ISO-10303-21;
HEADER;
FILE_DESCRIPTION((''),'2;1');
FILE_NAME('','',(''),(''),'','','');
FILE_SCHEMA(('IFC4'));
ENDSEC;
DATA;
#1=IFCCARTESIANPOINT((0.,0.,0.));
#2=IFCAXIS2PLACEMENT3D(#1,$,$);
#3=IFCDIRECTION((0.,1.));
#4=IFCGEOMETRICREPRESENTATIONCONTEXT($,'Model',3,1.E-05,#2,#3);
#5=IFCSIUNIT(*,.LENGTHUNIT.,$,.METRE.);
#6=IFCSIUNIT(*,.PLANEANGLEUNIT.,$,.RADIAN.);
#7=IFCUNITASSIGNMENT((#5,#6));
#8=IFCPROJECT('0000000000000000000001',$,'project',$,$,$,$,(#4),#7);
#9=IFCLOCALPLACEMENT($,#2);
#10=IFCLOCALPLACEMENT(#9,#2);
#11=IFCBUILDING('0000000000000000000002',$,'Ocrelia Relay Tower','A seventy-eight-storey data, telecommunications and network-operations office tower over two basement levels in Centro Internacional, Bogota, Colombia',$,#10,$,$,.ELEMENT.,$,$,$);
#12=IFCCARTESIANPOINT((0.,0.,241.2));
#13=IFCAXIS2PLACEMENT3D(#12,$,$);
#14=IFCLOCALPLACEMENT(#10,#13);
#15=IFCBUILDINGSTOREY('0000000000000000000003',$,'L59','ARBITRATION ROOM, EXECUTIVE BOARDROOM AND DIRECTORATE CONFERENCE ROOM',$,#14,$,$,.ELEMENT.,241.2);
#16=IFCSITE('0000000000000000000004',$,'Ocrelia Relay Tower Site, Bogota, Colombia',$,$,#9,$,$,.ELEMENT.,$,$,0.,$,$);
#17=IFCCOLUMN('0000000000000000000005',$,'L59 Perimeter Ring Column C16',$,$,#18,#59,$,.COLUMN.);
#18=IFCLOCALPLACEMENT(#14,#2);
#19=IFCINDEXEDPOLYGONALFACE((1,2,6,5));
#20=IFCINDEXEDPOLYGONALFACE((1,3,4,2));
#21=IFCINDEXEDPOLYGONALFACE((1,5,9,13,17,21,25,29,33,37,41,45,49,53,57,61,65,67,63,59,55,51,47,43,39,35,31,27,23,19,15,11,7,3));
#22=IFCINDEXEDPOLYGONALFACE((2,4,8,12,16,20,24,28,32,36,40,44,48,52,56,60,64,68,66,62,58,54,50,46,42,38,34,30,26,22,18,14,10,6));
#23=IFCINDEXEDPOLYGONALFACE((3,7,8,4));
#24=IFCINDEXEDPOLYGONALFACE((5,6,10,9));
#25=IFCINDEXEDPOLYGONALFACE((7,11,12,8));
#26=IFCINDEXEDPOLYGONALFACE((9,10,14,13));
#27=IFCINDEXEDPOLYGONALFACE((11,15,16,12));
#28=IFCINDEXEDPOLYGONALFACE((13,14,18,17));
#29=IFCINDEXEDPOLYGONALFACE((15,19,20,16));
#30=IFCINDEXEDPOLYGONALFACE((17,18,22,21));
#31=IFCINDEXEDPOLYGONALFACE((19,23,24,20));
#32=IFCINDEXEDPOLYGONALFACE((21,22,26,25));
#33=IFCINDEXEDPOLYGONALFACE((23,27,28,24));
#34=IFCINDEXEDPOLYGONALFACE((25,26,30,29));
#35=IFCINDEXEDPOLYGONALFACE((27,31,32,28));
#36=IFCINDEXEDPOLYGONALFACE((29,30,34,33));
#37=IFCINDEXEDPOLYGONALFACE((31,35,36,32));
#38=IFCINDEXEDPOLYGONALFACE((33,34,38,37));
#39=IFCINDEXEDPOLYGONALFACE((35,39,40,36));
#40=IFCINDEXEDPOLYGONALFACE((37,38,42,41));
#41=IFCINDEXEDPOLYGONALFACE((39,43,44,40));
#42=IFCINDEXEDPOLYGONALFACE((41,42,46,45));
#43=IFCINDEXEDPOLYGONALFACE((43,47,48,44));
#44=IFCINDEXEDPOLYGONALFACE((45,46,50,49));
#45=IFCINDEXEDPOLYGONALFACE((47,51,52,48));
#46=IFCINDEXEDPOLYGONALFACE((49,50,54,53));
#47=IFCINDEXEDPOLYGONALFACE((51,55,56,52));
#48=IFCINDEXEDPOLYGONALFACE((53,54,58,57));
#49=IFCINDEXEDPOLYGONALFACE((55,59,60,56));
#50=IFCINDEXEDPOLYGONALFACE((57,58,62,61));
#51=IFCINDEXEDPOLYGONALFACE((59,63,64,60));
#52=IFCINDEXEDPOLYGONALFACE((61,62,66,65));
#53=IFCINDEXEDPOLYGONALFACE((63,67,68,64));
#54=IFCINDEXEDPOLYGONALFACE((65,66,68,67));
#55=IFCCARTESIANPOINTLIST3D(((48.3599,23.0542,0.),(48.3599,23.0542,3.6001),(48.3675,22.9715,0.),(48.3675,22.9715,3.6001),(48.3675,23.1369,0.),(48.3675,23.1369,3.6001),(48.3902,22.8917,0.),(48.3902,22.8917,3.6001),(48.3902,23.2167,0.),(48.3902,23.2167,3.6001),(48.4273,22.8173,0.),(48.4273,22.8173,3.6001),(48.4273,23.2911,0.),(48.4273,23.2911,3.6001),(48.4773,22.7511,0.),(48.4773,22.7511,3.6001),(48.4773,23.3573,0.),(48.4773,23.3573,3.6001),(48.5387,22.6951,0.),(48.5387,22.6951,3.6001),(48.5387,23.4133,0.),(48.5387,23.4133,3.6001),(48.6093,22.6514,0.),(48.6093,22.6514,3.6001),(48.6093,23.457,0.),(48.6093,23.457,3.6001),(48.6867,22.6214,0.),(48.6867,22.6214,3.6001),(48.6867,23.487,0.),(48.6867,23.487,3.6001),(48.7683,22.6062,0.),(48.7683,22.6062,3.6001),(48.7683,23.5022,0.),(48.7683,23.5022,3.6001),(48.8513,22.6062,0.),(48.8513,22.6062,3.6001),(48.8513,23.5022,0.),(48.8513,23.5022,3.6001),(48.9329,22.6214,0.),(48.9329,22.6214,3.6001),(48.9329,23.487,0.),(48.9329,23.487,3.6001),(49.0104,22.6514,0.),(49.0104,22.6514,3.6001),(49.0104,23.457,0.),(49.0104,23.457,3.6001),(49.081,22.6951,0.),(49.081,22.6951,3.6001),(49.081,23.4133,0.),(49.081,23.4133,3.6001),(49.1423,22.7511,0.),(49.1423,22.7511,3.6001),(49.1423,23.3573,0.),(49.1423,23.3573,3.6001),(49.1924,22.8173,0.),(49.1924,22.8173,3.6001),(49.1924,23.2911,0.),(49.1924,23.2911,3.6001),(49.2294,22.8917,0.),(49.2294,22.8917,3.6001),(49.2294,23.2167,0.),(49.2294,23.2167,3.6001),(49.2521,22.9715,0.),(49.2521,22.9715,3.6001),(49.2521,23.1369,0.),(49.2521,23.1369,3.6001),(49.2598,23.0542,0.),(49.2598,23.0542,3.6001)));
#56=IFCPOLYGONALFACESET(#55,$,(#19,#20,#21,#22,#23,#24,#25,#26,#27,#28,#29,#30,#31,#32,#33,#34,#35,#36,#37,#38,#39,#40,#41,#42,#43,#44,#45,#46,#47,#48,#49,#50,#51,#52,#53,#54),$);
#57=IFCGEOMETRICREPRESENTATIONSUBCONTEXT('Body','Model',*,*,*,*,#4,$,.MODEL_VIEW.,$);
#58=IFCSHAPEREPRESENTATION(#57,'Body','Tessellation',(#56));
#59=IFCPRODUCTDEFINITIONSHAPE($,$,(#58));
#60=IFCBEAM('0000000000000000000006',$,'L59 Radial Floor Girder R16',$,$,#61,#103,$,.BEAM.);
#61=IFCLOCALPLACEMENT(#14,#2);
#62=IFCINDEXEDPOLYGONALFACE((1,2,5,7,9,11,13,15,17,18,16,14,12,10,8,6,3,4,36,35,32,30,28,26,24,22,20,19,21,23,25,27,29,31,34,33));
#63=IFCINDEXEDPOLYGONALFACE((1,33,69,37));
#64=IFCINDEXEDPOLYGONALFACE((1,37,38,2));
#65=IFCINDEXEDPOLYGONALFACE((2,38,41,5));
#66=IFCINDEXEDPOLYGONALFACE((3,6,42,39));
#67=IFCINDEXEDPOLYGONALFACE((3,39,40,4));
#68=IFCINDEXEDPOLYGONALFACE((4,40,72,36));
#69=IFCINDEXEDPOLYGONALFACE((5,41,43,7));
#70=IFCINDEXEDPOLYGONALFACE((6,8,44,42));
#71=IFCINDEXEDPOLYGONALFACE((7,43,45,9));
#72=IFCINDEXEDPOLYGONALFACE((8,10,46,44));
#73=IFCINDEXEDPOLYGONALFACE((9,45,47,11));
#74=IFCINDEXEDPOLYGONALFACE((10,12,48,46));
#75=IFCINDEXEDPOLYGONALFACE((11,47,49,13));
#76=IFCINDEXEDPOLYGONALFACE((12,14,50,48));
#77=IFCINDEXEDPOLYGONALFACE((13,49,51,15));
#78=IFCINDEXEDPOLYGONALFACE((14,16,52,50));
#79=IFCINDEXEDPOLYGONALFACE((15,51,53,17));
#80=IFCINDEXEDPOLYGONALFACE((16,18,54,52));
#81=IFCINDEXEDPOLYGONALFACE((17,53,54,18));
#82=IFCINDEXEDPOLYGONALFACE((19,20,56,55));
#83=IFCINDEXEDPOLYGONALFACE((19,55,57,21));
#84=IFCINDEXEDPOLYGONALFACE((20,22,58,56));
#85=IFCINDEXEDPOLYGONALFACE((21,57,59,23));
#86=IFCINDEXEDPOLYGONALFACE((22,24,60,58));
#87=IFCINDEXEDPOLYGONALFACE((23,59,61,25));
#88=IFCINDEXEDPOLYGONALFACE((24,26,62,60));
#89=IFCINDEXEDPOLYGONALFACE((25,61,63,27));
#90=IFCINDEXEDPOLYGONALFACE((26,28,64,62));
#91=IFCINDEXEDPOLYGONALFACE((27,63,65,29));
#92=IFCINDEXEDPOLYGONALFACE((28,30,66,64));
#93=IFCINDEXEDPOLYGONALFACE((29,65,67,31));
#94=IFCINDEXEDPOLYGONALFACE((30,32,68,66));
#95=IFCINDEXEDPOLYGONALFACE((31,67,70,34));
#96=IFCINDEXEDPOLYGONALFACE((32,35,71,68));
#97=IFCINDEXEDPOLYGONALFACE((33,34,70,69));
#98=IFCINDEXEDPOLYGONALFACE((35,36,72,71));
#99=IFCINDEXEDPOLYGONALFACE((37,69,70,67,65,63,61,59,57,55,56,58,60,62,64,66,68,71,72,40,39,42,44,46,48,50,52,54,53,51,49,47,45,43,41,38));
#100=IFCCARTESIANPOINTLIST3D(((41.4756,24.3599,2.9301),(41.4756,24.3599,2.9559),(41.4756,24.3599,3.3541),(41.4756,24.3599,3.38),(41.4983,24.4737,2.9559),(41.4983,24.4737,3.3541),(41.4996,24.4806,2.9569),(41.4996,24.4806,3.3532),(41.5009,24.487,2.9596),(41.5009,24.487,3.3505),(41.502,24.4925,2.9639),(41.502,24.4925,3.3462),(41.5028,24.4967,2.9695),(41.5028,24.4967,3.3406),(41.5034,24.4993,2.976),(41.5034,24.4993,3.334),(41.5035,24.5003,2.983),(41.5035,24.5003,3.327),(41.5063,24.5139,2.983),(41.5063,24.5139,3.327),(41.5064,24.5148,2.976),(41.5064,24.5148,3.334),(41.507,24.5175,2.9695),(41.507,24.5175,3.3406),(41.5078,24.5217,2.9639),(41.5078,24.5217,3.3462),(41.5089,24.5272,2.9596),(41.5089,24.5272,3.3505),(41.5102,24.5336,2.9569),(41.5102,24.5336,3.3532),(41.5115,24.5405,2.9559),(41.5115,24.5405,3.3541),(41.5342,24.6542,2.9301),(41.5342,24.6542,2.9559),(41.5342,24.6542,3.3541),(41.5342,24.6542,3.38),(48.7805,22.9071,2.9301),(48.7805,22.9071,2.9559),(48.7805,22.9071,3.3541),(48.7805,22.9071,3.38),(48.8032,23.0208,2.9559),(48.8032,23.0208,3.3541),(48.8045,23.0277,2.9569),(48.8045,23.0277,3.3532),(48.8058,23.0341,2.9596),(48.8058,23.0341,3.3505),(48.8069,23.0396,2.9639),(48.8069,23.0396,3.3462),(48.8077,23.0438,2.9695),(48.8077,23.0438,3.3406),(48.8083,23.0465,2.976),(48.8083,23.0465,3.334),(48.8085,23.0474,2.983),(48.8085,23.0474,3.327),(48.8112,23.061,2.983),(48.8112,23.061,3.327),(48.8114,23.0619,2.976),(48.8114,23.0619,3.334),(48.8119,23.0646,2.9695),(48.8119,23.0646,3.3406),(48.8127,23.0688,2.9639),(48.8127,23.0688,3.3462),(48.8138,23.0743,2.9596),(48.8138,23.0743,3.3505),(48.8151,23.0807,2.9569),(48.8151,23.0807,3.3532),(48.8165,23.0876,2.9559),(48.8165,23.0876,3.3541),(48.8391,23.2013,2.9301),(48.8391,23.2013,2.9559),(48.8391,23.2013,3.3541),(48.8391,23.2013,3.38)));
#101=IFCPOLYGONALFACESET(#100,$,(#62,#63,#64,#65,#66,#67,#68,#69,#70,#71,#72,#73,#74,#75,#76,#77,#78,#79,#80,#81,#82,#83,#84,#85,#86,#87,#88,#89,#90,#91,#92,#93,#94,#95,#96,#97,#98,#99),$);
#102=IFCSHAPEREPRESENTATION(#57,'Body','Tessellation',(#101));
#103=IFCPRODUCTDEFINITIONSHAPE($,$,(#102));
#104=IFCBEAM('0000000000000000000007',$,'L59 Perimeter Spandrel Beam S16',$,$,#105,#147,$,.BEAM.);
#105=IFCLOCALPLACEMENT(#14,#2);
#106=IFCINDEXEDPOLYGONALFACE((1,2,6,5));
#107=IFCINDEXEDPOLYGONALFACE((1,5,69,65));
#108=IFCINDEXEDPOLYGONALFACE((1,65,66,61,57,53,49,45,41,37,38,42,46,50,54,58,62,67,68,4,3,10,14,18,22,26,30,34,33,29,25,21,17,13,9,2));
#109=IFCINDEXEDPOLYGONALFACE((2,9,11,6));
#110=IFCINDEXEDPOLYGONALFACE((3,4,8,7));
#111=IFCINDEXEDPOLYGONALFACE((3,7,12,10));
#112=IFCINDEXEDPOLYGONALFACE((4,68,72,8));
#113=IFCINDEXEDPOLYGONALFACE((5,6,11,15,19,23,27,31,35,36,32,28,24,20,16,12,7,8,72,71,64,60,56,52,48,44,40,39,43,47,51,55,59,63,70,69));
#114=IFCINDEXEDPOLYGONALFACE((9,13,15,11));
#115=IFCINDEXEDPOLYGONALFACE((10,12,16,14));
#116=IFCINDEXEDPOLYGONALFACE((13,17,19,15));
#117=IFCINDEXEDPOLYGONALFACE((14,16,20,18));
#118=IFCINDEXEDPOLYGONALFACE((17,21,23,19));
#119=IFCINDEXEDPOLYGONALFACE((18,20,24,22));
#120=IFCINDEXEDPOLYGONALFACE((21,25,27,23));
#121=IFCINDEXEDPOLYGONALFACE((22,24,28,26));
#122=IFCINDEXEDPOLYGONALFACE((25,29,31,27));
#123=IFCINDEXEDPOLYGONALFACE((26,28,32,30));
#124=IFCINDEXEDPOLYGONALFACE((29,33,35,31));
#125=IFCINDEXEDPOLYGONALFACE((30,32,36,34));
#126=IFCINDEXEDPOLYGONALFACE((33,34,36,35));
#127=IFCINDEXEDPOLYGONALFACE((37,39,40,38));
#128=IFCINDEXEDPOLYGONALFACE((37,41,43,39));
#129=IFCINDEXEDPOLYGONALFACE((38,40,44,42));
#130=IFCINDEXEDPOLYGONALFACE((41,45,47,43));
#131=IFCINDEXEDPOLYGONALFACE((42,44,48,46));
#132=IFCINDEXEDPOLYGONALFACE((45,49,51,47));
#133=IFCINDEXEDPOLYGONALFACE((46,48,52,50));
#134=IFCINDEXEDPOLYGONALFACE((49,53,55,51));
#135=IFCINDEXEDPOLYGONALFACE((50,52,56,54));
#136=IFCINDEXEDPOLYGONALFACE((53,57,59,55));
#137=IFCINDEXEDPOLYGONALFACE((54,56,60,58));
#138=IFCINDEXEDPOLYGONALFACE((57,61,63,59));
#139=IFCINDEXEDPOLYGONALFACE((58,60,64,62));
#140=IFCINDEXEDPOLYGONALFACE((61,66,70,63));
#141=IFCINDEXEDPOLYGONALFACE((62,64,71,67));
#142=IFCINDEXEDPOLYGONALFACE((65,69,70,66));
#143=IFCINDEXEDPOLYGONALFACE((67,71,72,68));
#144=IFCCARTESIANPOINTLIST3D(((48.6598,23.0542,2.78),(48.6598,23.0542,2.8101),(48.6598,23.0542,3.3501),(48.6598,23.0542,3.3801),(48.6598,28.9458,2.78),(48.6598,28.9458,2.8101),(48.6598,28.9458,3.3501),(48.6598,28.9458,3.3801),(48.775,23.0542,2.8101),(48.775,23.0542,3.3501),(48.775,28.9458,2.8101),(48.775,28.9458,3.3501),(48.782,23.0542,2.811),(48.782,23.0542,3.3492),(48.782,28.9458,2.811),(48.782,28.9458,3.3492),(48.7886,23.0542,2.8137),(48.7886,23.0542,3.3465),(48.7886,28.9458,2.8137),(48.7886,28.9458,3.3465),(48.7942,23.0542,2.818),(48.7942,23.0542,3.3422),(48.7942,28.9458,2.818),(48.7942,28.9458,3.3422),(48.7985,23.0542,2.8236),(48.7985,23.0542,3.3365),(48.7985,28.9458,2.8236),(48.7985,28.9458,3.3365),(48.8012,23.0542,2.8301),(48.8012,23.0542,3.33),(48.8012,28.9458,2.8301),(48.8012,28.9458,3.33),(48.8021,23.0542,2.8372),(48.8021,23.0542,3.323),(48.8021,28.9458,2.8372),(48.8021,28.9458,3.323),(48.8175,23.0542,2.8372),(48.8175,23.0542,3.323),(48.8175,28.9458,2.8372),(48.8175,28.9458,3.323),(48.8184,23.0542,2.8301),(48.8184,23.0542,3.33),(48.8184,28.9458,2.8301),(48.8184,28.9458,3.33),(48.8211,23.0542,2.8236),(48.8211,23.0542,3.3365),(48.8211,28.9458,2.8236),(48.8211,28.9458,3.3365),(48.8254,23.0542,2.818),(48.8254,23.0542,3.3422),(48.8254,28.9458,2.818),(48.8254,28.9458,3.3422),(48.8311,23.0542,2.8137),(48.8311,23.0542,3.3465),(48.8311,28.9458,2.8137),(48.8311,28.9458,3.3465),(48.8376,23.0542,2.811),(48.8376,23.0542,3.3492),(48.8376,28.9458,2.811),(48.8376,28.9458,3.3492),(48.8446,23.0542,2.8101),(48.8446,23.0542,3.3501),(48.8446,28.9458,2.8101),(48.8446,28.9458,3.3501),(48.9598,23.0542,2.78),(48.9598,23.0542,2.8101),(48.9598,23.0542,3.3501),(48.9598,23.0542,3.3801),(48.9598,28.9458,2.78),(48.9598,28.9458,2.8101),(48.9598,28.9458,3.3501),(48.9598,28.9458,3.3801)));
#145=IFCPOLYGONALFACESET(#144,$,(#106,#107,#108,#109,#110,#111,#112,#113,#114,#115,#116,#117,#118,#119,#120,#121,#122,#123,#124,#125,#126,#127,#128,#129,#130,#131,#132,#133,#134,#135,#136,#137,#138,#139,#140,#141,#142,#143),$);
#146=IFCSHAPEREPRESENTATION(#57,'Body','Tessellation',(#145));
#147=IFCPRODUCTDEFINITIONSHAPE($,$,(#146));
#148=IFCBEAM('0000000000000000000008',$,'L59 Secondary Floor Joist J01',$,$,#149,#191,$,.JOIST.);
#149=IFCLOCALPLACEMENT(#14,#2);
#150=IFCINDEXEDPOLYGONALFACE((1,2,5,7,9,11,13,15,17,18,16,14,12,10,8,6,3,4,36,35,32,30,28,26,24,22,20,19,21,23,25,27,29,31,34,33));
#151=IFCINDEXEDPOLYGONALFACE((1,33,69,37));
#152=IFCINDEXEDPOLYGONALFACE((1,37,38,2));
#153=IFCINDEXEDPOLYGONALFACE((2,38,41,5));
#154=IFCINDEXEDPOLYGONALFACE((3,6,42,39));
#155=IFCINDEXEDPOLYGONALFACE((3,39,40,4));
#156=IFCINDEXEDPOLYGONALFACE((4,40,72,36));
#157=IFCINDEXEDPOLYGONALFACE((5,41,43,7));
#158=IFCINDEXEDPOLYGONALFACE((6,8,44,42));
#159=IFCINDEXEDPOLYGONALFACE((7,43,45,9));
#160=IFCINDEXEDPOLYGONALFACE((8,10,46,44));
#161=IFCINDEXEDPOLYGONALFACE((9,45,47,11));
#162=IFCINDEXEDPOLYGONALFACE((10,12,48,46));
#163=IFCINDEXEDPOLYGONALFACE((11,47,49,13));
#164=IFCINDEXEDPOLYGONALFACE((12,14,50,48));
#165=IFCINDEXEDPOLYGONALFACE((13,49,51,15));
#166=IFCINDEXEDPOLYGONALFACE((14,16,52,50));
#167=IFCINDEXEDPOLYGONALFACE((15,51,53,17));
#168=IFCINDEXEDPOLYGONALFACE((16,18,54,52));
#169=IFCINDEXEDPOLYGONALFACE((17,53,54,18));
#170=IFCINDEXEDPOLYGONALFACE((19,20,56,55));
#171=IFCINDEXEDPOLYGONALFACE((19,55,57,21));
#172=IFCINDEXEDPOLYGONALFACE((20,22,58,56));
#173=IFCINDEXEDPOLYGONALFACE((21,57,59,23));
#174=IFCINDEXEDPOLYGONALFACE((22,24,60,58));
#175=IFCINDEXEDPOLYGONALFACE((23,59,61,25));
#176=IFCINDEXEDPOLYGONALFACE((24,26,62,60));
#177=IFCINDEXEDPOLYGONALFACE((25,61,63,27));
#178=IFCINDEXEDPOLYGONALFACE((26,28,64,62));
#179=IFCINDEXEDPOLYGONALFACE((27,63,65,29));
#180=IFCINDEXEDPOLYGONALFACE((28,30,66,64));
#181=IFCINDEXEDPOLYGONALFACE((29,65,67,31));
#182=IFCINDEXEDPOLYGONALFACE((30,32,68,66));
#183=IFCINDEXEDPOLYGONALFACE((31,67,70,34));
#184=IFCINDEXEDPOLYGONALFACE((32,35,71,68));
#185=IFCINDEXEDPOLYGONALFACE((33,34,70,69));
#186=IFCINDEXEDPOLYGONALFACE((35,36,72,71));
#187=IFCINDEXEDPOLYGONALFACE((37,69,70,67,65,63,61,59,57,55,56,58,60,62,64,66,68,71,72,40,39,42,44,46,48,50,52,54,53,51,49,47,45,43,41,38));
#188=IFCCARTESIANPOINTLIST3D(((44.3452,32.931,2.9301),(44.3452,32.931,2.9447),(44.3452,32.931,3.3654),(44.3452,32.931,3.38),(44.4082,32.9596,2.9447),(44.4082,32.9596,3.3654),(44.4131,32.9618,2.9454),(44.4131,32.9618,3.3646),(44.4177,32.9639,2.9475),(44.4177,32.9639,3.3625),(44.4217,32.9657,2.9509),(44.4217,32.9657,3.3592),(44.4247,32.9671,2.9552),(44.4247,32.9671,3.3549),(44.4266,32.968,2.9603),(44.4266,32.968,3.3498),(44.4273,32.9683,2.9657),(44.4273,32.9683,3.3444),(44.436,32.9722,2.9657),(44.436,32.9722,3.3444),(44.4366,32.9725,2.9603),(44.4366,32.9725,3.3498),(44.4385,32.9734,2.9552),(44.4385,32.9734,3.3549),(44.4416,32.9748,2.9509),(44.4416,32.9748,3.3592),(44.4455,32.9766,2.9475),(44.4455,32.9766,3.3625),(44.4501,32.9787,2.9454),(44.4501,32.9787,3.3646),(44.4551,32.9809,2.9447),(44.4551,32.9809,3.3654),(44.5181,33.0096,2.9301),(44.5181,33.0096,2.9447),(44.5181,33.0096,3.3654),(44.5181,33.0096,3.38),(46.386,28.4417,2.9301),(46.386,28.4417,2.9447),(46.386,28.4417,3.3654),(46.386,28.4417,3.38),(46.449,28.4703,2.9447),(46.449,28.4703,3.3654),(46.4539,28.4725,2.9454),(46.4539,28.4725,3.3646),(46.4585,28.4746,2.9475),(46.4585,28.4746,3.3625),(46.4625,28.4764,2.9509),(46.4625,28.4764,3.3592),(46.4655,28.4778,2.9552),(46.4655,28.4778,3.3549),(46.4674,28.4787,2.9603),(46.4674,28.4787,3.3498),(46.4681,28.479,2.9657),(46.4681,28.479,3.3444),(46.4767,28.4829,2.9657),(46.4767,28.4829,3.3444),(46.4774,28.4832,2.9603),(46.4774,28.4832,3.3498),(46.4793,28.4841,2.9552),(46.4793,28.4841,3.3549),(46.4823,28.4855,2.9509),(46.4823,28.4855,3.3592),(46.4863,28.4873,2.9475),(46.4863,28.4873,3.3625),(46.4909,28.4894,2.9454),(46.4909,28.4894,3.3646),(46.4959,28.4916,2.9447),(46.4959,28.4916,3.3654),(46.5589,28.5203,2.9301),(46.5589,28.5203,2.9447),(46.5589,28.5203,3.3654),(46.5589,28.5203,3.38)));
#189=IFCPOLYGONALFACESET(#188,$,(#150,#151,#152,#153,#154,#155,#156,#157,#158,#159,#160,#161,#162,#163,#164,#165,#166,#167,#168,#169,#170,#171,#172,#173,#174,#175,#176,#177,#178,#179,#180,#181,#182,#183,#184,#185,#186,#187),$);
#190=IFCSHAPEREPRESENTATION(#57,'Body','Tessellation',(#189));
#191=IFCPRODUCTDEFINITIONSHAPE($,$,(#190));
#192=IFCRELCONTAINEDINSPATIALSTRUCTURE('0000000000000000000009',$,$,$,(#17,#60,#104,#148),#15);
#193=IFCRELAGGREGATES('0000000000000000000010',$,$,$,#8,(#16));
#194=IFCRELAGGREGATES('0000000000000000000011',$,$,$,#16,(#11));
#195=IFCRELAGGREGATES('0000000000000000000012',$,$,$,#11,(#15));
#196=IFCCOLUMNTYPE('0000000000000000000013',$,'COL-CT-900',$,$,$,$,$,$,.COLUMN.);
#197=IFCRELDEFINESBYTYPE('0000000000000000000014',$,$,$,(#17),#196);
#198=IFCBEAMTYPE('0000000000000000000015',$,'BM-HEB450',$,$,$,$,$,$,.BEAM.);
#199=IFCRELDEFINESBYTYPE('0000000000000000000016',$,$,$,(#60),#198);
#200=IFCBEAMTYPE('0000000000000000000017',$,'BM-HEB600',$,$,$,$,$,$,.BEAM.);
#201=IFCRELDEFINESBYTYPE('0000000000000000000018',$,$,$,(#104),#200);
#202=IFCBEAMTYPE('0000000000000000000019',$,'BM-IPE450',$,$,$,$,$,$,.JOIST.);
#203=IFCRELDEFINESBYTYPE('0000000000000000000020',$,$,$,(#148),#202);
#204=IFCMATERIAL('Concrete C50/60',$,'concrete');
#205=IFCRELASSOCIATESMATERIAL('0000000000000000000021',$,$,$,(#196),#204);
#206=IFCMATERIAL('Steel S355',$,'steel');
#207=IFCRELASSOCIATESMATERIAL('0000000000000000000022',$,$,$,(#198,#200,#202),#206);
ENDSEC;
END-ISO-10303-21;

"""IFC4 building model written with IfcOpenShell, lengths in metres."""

from ifc_helpers import new_model, si_unit, direction, frame, origin, origin_2d, place, context, subcontext, project, spatial, circle, i_section, extrude, material, material_profile, profile_set, type_object, element, save


model = new_model("IFC4")

# Units and contexts
model_context = context("Model", 3, precision=1e-05, world=origin(), true_north=direction((0.0, 1.0)))
body_context = subcontext(model_context, "Body", "Model", "MODEL_VIEW")
ifc_project = project(units=[si_unit("LENGTHUNIT", "METRE"), si_unit("PLANEANGLEUNIT", "RADIAN")], contexts=[model_context])

# Site, building, storey
site_placement = place(None, origin())
site = spatial("IfcSite", under=ifc_project, at=site_placement, Name="Ocrelia Relay Tower Site, Bogota, Colombia", CompositionType="ELEMENT", RefElevation=0.0)
building_placement = place(site_placement, origin())
building = spatial("IfcBuilding", under=site, at=building_placement, Name="Ocrelia Relay Tower", Description="A seventy-eight-storey data, telecommunications and network-operations office tower over two basement levels in Centro Internacional, Bogota, Colombia", CompositionType="ELEMENT")
storey_placement = place(building_placement, frame((0.0, 0.0, 241.2)))
storey = spatial("IfcBuildingStorey", under=building, at=storey_placement, Name="L59", Description="ARBITRATION ROOM, EXECUTIVE BOARDROOM AND DIRECTORATE CONFERENCE ROOM", CompositionType="ELEMENT", Elevation=241.2)

# Column
ifc_material_1 = material(Name="Concrete C50/60", Category="concrete")
ifc_material_profile_1 = material_profile(ifc_material_1, circle(Radius=0.45, at=origin_2d()), Name="RC-CIR-900")
ifc_profile_set_1 = profile_set([ifc_material_profile_1], Name="Concrete C50/60")
column_type = type_object("IfcColumnType", Name="COL-CT-900", PredefinedType="COLUMN", material=ifc_profile_set_1)
column_placement = place(storey_placement, frame((48.8098, 23.0542, 0.0), z_axis=(0.0, 0.0, 1.0), x_axis=(1.0, 0.0, 0.0)))
element("IfcColumn", 1, at=column_placement, inside=storey, type_object=column_type, Name="L59 Perimeter Ring Column C16", PredefinedType="COLUMN", context=body_context, shape_type="SweptSolid", body=[
    extrude(circle(Radius=0.45, at=origin_2d()), origin(), (0.0, 0.0, 1.0), 3.6001),
])

# Beams
ifc_material_2 = material(Name="Steel S355", Category="steel")
ifc_material_profile_2 = material_profile(ifc_material_2, i_section(OverallWidth=0.3, OverallDepth=0.45, WebThickness=0.0139, FlangeThickness=0.0259, FilletRadius=0.0271, at=origin_2d()), Name="HEB 450")
ifc_profile_set_2 = profile_set([ifc_material_profile_2], Name="Steel S355")
beam_type_1 = type_object("IfcBeamType", Name="BM-HEB450", PredefinedType="BEAM", material=ifc_profile_set_2)
beam_1_placement = place(storey_placement, frame((48.8098, 23.0542, 3.155), z_axis=(-0.980789, 0.19507, 0.0), x_axis=(-0.19507, -0.980789, 0.0)))
element("IfcBeam", 2, at=beam_1_placement, inside=storey, type_object=beam_type_1, Name="L59 Radial Floor Girder R16", PredefinedType="BEAM", context=body_context, shape_type="SweptSolid", body=[
    extrude(i_section(OverallWidth=0.3, OverallDepth=0.45, WebThickness=0.0139, FlangeThickness=0.0259, FilletRadius=0.0271, at=origin_2d()), origin(), (0.0, 0.0, 1.0), 7.448),
])
ifc_material_profile_3 = material_profile(ifc_material_2, i_section(OverallWidth=0.3, OverallDepth=0.6001, WebThickness=0.0154, FlangeThickness=0.03, FilletRadius=0.0271, at=origin_2d()), Name="HEB 600")
ifc_profile_set_3 = profile_set([ifc_material_profile_3], Name="Steel S355")
beam_type_2 = type_object("IfcBeamType", Name="BM-HEB600", PredefinedType="BEAM", material=ifc_profile_set_3)
beam_2_placement = place(storey_placement, frame((48.8098, 23.0542, 3.0801), z_axis=(0.0, 1.0, 0.0), x_axis=(-1.0, 0.0, 0.0)))
element("IfcBeam", 3, at=beam_2_placement, inside=storey, type_object=beam_type_2, Name="L59 Perimeter Spandrel Beam S16", PredefinedType="BEAM", context=body_context, shape_type="SweptSolid", body=[
    extrude(i_section(OverallWidth=0.3, OverallDepth=0.6001, WebThickness=0.0154, FlangeThickness=0.03, FilletRadius=0.0271, at=origin_2d()), origin(), (0.0, 0.0, 1.0), 5.8916),
])
ifc_material_profile_4 = material_profile(ifc_material_2, i_section(OverallWidth=0.1899, OverallDepth=0.45, WebThickness=0.0095, FlangeThickness=0.0146, FilletRadius=0.021, at=origin_2d()), Name="IPE 450")
ifc_profile_set_4 = profile_set([ifc_material_profile_4], Name="Steel S355")
beam_type_3 = type_object("IfcBeamType", Name="BM-IPE450", PredefinedType="JOIST", material=ifc_profile_set_4)
beam_3_placement = place(storey_placement, frame((46.4724, 28.481, 3.155), z_axis=(-0.413837, 0.910351, 0.0), x_axis=(-0.910351, -0.413837, 0.0)))
element("IfcBeam", 4, at=beam_3_placement, inside=storey, type_object=beam_type_3, Name="L59 Secondary Floor Joist J01", PredefinedType="JOIST", context=body_context, shape_type="SweptSolid", body=[
    extrude(i_section(OverallWidth=0.1899, OverallDepth=0.45, WebThickness=0.0095, FlangeThickness=0.0146, FilletRadius=0.021, at=origin_2d()), origin(), (0.0, 0.0, 1.0), 4.9314),
])

save(model, "model.ifc")
